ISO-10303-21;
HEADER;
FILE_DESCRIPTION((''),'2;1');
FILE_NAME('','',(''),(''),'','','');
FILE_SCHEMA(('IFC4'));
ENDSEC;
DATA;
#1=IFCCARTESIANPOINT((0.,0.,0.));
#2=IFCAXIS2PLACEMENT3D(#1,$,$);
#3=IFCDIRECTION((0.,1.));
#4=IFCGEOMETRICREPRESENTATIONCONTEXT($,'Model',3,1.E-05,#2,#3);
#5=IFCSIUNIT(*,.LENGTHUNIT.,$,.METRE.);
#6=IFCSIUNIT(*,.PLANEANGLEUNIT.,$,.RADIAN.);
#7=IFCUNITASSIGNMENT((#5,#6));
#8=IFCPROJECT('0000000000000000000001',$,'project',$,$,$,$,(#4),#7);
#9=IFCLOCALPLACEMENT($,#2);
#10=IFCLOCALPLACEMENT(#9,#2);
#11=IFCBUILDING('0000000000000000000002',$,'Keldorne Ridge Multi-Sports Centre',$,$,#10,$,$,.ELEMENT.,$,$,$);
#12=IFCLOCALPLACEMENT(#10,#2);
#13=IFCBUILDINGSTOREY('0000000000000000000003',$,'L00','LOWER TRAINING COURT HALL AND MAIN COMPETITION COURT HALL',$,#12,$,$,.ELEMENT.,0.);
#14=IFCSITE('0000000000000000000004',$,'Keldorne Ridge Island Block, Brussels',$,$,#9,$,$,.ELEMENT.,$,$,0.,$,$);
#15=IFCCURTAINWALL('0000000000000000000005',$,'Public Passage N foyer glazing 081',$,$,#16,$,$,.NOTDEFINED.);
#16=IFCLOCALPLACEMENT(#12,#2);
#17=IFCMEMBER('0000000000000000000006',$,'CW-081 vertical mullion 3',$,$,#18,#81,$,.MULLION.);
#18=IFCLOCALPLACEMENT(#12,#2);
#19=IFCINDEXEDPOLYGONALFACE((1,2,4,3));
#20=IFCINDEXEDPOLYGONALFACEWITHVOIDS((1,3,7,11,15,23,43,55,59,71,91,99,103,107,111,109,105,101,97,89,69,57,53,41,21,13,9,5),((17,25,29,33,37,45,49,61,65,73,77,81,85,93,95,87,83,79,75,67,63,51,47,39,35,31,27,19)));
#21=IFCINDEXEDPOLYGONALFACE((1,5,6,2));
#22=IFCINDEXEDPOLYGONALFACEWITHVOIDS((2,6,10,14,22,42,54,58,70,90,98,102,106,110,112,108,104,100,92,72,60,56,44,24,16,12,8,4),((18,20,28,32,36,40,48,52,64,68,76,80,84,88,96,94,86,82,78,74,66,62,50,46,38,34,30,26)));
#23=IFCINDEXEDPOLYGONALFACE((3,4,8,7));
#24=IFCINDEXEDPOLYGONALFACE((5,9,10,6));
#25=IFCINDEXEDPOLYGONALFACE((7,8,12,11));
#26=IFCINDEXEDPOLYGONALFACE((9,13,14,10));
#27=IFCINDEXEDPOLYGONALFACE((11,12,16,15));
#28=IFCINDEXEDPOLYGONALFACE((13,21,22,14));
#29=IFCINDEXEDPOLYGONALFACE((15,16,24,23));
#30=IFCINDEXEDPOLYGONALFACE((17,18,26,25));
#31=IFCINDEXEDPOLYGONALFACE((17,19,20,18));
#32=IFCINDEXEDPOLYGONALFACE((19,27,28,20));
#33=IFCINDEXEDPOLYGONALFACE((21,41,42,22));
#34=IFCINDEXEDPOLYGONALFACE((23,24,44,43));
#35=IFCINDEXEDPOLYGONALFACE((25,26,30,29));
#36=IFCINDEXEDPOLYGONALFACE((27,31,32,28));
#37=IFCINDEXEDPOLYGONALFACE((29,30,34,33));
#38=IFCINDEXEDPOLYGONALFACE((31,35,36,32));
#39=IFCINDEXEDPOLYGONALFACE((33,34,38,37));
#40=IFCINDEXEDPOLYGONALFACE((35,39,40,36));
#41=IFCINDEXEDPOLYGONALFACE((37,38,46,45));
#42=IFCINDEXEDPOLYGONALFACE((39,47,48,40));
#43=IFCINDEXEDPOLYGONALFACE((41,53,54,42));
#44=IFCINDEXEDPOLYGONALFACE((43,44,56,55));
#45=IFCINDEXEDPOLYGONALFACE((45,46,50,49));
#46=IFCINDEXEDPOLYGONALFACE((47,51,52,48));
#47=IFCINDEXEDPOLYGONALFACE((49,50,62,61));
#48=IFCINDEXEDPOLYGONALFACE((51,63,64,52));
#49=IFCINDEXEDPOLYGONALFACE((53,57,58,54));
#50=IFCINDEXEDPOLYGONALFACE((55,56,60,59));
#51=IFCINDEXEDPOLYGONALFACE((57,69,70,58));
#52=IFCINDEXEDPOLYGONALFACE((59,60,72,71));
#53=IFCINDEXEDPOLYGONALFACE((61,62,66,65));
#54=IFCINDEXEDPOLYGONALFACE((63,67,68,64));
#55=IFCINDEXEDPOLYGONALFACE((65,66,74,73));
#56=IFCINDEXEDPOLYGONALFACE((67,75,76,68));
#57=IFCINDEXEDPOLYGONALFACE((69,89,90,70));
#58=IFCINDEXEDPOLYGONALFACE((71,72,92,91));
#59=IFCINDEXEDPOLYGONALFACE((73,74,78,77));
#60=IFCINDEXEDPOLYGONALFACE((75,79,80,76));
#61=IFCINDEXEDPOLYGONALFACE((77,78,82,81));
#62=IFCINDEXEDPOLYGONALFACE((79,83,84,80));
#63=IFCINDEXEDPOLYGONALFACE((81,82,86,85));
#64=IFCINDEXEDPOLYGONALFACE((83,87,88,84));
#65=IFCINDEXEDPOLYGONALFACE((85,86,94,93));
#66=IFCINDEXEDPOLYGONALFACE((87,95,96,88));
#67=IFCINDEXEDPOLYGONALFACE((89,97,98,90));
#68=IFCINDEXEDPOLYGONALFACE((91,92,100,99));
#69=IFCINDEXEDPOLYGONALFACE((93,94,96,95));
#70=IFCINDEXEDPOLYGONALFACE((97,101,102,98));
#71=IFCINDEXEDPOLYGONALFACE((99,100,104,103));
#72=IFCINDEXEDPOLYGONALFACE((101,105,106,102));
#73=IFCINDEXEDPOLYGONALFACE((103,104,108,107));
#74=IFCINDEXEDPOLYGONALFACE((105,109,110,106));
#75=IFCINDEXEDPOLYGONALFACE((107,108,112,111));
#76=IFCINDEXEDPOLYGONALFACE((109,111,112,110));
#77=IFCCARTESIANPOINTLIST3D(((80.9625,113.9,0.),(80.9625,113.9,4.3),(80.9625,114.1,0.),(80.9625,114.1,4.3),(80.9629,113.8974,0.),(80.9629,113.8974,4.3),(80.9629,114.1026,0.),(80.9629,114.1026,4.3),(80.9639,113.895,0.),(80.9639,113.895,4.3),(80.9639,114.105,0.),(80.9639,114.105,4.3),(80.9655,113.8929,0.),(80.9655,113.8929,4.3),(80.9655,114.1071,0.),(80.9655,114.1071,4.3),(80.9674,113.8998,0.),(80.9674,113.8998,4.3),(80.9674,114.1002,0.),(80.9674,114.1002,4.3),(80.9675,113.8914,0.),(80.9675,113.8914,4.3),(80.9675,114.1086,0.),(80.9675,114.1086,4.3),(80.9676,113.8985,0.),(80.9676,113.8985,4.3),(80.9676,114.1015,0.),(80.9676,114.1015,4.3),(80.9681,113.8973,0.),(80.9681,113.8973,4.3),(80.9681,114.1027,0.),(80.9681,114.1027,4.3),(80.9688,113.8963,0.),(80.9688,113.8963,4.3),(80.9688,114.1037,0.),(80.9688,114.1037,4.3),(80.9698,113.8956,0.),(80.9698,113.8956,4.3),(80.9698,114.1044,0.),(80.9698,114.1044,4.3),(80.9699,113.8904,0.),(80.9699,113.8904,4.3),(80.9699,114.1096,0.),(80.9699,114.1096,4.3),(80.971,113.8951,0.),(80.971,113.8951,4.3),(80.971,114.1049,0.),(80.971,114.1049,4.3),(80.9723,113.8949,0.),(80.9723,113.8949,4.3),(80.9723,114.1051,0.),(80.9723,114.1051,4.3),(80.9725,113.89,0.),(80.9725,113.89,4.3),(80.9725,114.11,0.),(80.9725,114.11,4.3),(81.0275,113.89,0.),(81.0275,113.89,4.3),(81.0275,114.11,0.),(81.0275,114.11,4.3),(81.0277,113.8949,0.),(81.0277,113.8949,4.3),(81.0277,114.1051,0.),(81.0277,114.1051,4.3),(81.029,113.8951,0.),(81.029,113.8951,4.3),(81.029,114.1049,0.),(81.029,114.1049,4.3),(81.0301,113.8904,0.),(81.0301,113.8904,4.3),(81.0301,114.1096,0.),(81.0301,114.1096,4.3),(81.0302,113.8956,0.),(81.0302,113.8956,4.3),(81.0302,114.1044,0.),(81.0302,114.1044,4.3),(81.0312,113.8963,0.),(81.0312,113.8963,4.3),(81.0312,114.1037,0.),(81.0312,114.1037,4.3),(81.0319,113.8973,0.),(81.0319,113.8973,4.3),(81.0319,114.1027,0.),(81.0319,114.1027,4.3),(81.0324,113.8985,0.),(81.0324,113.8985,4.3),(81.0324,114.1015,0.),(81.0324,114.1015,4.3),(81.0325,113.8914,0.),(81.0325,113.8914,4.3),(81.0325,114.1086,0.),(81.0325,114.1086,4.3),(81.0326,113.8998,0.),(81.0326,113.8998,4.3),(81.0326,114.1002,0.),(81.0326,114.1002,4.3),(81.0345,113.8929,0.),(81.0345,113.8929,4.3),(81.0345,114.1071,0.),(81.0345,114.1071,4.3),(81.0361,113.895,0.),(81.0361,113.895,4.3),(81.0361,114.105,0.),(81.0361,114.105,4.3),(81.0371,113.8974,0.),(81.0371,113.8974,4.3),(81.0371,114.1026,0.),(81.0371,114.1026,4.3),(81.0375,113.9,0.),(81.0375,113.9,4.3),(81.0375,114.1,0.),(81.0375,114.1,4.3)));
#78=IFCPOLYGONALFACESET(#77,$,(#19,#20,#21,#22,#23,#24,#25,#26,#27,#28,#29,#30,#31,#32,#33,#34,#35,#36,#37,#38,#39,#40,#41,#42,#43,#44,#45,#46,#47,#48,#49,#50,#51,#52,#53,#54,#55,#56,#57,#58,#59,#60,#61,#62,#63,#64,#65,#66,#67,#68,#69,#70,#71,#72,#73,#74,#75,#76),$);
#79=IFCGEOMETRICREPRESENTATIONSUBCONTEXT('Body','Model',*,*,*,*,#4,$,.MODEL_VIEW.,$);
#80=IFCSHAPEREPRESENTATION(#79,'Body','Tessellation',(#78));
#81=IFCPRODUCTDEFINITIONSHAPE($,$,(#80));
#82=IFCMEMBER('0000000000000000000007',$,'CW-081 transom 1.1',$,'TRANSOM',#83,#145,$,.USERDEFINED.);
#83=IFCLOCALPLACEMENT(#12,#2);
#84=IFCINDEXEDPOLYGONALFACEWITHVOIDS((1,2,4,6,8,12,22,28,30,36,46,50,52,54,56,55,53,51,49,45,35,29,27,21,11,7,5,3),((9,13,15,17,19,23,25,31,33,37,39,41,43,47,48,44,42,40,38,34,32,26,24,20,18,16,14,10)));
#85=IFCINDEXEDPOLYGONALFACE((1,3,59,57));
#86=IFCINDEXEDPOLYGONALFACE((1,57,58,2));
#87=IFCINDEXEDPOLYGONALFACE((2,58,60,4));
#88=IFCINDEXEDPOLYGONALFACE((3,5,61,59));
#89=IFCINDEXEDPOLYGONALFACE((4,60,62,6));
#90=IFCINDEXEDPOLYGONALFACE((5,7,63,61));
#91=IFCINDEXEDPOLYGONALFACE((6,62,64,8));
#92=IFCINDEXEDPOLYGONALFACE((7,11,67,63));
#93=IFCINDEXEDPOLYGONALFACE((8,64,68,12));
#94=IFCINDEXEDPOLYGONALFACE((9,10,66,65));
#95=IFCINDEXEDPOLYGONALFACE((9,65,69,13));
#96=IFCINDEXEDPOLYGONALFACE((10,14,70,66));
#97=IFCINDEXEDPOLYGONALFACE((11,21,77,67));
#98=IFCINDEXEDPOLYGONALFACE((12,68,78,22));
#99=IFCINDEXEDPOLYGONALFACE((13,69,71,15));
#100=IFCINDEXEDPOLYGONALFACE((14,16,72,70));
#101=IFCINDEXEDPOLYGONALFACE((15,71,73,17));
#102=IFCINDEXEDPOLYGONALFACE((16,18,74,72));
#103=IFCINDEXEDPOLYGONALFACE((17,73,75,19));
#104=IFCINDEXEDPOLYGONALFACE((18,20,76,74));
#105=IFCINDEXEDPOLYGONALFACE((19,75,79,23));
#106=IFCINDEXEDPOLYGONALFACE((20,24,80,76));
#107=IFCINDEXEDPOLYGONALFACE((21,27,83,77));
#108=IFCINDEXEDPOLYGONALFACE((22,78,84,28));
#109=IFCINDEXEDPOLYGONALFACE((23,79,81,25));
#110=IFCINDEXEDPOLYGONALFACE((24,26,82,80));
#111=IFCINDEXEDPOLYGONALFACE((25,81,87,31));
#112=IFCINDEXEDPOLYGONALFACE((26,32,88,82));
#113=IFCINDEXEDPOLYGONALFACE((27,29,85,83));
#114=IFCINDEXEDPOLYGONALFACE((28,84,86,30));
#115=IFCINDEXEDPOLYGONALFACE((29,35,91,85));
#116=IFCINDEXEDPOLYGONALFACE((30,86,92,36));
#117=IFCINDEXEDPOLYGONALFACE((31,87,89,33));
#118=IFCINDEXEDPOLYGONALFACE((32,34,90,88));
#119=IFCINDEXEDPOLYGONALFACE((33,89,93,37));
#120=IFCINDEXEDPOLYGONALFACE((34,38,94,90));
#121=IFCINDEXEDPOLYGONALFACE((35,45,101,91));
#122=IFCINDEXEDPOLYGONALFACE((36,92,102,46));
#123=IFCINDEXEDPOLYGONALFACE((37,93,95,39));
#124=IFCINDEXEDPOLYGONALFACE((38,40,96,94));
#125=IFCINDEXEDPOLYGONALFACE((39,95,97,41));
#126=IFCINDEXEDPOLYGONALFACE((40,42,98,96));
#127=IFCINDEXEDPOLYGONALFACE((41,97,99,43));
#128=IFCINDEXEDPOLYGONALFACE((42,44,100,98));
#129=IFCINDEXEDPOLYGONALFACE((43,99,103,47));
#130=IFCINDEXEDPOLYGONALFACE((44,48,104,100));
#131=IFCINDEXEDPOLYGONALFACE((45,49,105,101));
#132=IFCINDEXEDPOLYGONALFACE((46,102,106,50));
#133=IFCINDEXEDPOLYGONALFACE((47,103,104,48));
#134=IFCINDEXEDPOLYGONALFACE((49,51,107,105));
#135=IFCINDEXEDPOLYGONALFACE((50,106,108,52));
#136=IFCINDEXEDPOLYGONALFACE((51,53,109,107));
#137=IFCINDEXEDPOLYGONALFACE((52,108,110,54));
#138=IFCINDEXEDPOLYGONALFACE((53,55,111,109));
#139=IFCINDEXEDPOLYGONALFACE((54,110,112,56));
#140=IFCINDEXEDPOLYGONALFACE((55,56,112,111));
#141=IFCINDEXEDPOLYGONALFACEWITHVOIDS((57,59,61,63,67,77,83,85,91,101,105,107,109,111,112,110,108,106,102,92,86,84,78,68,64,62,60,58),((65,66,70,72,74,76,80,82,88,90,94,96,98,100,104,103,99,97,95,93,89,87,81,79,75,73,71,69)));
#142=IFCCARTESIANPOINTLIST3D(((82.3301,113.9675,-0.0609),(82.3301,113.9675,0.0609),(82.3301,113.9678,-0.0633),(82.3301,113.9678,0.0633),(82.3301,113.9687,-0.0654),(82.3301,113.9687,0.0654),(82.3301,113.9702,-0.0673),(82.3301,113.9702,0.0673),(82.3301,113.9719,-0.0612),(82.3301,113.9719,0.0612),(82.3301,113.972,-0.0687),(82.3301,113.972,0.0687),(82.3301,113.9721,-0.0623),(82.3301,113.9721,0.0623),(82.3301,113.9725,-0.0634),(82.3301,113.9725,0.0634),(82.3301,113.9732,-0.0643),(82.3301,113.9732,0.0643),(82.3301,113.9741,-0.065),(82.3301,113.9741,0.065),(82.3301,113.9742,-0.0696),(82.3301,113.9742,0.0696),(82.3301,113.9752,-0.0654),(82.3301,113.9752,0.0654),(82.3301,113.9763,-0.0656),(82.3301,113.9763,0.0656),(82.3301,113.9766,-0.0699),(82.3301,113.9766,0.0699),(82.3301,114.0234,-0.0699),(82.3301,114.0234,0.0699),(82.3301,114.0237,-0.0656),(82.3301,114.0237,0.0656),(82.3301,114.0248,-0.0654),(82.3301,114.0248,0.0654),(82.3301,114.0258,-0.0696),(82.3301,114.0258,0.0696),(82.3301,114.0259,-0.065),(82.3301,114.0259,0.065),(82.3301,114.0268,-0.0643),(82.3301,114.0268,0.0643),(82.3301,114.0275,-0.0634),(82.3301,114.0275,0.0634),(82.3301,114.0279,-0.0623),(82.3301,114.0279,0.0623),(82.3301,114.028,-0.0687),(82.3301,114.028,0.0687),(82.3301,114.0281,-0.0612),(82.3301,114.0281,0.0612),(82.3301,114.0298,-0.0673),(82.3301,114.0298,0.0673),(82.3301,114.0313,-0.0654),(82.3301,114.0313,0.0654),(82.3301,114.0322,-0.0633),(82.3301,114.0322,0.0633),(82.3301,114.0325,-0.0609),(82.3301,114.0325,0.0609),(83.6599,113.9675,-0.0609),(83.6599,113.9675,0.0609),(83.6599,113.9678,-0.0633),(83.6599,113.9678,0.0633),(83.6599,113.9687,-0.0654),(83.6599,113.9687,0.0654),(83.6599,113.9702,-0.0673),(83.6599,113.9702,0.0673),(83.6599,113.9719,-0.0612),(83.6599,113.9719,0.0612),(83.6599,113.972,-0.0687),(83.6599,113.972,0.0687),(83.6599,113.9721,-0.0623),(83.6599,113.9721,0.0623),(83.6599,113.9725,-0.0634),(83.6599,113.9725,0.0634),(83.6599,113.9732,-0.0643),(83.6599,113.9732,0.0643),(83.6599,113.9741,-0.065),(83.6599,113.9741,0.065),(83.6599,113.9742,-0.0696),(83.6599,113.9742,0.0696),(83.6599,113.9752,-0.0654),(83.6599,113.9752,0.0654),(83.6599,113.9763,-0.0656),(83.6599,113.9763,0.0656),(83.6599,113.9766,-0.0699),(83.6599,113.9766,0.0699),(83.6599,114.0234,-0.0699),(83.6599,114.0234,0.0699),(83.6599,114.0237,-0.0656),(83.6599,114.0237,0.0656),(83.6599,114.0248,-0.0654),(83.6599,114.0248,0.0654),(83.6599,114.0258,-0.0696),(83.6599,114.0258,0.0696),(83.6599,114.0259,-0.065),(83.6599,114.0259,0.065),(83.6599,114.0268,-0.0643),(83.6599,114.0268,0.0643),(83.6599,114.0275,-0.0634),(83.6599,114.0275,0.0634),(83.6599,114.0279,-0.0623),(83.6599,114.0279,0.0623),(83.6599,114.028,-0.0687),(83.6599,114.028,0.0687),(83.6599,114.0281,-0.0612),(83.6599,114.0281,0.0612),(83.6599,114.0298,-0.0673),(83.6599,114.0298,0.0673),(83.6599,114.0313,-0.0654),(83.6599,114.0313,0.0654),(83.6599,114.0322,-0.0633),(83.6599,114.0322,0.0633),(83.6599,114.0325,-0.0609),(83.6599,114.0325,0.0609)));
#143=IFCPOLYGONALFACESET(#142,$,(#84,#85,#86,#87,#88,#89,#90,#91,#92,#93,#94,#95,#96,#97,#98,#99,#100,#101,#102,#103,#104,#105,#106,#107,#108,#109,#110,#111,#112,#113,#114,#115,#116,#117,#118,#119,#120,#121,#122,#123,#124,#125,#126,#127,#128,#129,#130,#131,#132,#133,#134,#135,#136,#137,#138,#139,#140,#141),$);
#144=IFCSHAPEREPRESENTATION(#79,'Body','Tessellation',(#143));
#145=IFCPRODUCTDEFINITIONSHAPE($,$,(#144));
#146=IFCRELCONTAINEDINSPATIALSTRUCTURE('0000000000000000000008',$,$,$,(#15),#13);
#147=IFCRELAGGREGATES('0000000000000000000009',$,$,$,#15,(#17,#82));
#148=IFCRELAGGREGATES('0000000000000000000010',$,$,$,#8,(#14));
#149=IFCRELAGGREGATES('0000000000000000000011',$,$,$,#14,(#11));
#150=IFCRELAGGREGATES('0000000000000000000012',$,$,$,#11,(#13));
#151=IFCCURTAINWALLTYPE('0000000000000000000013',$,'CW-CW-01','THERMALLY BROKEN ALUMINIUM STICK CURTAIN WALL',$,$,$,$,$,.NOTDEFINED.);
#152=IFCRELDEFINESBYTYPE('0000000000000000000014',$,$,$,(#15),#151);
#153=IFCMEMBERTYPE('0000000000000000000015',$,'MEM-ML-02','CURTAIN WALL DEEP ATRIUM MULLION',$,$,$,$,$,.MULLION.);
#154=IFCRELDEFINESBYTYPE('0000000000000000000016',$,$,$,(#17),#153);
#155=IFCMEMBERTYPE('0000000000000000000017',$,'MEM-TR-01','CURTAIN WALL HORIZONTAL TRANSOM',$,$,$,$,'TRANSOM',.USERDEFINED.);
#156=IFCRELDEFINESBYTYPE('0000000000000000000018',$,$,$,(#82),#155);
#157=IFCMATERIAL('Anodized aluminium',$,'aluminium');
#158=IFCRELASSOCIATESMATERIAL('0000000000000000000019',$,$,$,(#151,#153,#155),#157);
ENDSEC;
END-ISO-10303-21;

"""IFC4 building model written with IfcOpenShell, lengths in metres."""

from ifc_helpers import new_model, si_unit, direction, frame, origin, origin_2d, place, context, subcontext, project, spatial, hollow_rectangle, extrude, material, material_profile, profile_set, type_object, element, aggregate, save


model = new_model("IFC4")

# Units and contexts
model_context = context("Model", 3, precision=1e-05, world=origin(), true_north=direction((0.0, 1.0)))
body_context = subcontext(model_context, "Body", "Model", "MODEL_VIEW")
ifc_project = project(units=[si_unit("LENGTHUNIT", "METRE"), si_unit("PLANEANGLEUNIT", "RADIAN")], contexts=[model_context])

# Site, building, storey
site_placement = place(None, origin())
site = spatial("IfcSite", under=ifc_project, at=site_placement, Name="Keldorne Ridge Island Block, Brussels", CompositionType="ELEMENT", RefElevation=0.0)
building_placement = place(site_placement, origin())
building = spatial("IfcBuilding", under=site, at=building_placement, Name="Keldorne Ridge Multi-Sports Centre", CompositionType="ELEMENT")
storey_placement = place(building_placement, origin())
storey = spatial("IfcBuildingStorey", under=building, at=storey_placement, Name="L00", Description="LOWER TRAINING COURT HALL AND MAIN COMPETITION COURT HALL", CompositionType="ELEMENT", Elevation=0.0)

# Curtain wall, members
ifc_material_1 = material(Name="Anodized aluminium", Category="aluminium")
curtain_wall_type = type_object("IfcCurtainWallType", Name="CW-CW-01", Description="THERMALLY BROKEN ALUMINIUM STICK CURTAIN WALL", PredefinedType="NOTDEFINED", material=ifc_material_1)
curtain_wall_placement = place(storey_placement, origin())
curtain_wall = element("IfcCurtainWall", 1, at=curtain_wall_placement, inside=storey, type_object=curtain_wall_type, Name="Public Passage N foyer glazing 081", PredefinedType="NOTDEFINED")
ifc_material_profile_1 = material_profile(ifc_material_1, hollow_rectangle(XDim=0.075, YDim=0.22, WallThickness=0.0049, InnerFilletRadius=0.0049, OuterFilletRadius=0.01, at=origin_2d()), Name="ALU MULLION 220x75x5")
ifc_profile_set_1 = profile_set([ifc_material_profile_1], Name="Anodized aluminium")
member_type_1 = type_object("IfcMemberType", Name="MEM-ML-02", Description="CURTAIN WALL DEEP ATRIUM MULLION", PredefinedType="MULLION", material=ifc_profile_set_1)
member_1_placement = place(storey_placement, frame((81.0, 114.0, 0.0), z_axis=(0.0, 0.0, 1.0), x_axis=(1.0, 0.0, 0.0)))
member_1 = element("IfcMember", 2, at=member_1_placement, type_object=member_type_1, Name="CW-081 vertical mullion 3", PredefinedType="MULLION", context=body_context, shape_type="SweptSolid", body=[
    extrude(hollow_rectangle(XDim=0.075, YDim=0.22, WallThickness=0.0049, InnerFilletRadius=0.0049, OuterFilletRadius=0.01, at=origin_2d()), origin(), (0.0, 0.0, 1.0), 4.3),
])
ifc_material_profile_2 = material_profile(ifc_material_1, hollow_rectangle(XDim=0.0649, YDim=0.1399, WallThickness=0.0044, InnerFilletRadius=0.0044, OuterFilletRadius=0.009, at=origin_2d()), Name="ALU TRANSOM 140x65x4.5")
ifc_profile_set_2 = profile_set([ifc_material_profile_2], Name="Anodized aluminium")
member_type_2 = type_object("IfcMemberType", Name="MEM-TR-01", Description="CURTAIN WALL HORIZONTAL TRANSOM", ElementType="TRANSOM", PredefinedType="USERDEFINED", material=ifc_profile_set_2)
member_2_placement = place(storey_placement, frame((83.6599, 114.0, 0.0), z_axis=(-1.0, 0.0, 0.0), x_axis=(0.0, -1.0, 0.0)))
member_2 = element("IfcMember", 3, at=member_2_placement, type_object=member_type_2, Name="CW-081 transom 1.1", ObjectType="TRANSOM", PredefinedType="USERDEFINED", context=body_context, shape_type="SweptSolid", body=[
    extrude(hollow_rectangle(XDim=0.0649, YDim=0.1399, WallThickness=0.0044, InnerFilletRadius=0.0044, OuterFilletRadius=0.009, at=origin_2d()), origin(), (0.0, 0.0, 1.0), 1.3298),
])
aggregate(curtain_wall, [member_1, member_2])

save(model, "model.ifc")
